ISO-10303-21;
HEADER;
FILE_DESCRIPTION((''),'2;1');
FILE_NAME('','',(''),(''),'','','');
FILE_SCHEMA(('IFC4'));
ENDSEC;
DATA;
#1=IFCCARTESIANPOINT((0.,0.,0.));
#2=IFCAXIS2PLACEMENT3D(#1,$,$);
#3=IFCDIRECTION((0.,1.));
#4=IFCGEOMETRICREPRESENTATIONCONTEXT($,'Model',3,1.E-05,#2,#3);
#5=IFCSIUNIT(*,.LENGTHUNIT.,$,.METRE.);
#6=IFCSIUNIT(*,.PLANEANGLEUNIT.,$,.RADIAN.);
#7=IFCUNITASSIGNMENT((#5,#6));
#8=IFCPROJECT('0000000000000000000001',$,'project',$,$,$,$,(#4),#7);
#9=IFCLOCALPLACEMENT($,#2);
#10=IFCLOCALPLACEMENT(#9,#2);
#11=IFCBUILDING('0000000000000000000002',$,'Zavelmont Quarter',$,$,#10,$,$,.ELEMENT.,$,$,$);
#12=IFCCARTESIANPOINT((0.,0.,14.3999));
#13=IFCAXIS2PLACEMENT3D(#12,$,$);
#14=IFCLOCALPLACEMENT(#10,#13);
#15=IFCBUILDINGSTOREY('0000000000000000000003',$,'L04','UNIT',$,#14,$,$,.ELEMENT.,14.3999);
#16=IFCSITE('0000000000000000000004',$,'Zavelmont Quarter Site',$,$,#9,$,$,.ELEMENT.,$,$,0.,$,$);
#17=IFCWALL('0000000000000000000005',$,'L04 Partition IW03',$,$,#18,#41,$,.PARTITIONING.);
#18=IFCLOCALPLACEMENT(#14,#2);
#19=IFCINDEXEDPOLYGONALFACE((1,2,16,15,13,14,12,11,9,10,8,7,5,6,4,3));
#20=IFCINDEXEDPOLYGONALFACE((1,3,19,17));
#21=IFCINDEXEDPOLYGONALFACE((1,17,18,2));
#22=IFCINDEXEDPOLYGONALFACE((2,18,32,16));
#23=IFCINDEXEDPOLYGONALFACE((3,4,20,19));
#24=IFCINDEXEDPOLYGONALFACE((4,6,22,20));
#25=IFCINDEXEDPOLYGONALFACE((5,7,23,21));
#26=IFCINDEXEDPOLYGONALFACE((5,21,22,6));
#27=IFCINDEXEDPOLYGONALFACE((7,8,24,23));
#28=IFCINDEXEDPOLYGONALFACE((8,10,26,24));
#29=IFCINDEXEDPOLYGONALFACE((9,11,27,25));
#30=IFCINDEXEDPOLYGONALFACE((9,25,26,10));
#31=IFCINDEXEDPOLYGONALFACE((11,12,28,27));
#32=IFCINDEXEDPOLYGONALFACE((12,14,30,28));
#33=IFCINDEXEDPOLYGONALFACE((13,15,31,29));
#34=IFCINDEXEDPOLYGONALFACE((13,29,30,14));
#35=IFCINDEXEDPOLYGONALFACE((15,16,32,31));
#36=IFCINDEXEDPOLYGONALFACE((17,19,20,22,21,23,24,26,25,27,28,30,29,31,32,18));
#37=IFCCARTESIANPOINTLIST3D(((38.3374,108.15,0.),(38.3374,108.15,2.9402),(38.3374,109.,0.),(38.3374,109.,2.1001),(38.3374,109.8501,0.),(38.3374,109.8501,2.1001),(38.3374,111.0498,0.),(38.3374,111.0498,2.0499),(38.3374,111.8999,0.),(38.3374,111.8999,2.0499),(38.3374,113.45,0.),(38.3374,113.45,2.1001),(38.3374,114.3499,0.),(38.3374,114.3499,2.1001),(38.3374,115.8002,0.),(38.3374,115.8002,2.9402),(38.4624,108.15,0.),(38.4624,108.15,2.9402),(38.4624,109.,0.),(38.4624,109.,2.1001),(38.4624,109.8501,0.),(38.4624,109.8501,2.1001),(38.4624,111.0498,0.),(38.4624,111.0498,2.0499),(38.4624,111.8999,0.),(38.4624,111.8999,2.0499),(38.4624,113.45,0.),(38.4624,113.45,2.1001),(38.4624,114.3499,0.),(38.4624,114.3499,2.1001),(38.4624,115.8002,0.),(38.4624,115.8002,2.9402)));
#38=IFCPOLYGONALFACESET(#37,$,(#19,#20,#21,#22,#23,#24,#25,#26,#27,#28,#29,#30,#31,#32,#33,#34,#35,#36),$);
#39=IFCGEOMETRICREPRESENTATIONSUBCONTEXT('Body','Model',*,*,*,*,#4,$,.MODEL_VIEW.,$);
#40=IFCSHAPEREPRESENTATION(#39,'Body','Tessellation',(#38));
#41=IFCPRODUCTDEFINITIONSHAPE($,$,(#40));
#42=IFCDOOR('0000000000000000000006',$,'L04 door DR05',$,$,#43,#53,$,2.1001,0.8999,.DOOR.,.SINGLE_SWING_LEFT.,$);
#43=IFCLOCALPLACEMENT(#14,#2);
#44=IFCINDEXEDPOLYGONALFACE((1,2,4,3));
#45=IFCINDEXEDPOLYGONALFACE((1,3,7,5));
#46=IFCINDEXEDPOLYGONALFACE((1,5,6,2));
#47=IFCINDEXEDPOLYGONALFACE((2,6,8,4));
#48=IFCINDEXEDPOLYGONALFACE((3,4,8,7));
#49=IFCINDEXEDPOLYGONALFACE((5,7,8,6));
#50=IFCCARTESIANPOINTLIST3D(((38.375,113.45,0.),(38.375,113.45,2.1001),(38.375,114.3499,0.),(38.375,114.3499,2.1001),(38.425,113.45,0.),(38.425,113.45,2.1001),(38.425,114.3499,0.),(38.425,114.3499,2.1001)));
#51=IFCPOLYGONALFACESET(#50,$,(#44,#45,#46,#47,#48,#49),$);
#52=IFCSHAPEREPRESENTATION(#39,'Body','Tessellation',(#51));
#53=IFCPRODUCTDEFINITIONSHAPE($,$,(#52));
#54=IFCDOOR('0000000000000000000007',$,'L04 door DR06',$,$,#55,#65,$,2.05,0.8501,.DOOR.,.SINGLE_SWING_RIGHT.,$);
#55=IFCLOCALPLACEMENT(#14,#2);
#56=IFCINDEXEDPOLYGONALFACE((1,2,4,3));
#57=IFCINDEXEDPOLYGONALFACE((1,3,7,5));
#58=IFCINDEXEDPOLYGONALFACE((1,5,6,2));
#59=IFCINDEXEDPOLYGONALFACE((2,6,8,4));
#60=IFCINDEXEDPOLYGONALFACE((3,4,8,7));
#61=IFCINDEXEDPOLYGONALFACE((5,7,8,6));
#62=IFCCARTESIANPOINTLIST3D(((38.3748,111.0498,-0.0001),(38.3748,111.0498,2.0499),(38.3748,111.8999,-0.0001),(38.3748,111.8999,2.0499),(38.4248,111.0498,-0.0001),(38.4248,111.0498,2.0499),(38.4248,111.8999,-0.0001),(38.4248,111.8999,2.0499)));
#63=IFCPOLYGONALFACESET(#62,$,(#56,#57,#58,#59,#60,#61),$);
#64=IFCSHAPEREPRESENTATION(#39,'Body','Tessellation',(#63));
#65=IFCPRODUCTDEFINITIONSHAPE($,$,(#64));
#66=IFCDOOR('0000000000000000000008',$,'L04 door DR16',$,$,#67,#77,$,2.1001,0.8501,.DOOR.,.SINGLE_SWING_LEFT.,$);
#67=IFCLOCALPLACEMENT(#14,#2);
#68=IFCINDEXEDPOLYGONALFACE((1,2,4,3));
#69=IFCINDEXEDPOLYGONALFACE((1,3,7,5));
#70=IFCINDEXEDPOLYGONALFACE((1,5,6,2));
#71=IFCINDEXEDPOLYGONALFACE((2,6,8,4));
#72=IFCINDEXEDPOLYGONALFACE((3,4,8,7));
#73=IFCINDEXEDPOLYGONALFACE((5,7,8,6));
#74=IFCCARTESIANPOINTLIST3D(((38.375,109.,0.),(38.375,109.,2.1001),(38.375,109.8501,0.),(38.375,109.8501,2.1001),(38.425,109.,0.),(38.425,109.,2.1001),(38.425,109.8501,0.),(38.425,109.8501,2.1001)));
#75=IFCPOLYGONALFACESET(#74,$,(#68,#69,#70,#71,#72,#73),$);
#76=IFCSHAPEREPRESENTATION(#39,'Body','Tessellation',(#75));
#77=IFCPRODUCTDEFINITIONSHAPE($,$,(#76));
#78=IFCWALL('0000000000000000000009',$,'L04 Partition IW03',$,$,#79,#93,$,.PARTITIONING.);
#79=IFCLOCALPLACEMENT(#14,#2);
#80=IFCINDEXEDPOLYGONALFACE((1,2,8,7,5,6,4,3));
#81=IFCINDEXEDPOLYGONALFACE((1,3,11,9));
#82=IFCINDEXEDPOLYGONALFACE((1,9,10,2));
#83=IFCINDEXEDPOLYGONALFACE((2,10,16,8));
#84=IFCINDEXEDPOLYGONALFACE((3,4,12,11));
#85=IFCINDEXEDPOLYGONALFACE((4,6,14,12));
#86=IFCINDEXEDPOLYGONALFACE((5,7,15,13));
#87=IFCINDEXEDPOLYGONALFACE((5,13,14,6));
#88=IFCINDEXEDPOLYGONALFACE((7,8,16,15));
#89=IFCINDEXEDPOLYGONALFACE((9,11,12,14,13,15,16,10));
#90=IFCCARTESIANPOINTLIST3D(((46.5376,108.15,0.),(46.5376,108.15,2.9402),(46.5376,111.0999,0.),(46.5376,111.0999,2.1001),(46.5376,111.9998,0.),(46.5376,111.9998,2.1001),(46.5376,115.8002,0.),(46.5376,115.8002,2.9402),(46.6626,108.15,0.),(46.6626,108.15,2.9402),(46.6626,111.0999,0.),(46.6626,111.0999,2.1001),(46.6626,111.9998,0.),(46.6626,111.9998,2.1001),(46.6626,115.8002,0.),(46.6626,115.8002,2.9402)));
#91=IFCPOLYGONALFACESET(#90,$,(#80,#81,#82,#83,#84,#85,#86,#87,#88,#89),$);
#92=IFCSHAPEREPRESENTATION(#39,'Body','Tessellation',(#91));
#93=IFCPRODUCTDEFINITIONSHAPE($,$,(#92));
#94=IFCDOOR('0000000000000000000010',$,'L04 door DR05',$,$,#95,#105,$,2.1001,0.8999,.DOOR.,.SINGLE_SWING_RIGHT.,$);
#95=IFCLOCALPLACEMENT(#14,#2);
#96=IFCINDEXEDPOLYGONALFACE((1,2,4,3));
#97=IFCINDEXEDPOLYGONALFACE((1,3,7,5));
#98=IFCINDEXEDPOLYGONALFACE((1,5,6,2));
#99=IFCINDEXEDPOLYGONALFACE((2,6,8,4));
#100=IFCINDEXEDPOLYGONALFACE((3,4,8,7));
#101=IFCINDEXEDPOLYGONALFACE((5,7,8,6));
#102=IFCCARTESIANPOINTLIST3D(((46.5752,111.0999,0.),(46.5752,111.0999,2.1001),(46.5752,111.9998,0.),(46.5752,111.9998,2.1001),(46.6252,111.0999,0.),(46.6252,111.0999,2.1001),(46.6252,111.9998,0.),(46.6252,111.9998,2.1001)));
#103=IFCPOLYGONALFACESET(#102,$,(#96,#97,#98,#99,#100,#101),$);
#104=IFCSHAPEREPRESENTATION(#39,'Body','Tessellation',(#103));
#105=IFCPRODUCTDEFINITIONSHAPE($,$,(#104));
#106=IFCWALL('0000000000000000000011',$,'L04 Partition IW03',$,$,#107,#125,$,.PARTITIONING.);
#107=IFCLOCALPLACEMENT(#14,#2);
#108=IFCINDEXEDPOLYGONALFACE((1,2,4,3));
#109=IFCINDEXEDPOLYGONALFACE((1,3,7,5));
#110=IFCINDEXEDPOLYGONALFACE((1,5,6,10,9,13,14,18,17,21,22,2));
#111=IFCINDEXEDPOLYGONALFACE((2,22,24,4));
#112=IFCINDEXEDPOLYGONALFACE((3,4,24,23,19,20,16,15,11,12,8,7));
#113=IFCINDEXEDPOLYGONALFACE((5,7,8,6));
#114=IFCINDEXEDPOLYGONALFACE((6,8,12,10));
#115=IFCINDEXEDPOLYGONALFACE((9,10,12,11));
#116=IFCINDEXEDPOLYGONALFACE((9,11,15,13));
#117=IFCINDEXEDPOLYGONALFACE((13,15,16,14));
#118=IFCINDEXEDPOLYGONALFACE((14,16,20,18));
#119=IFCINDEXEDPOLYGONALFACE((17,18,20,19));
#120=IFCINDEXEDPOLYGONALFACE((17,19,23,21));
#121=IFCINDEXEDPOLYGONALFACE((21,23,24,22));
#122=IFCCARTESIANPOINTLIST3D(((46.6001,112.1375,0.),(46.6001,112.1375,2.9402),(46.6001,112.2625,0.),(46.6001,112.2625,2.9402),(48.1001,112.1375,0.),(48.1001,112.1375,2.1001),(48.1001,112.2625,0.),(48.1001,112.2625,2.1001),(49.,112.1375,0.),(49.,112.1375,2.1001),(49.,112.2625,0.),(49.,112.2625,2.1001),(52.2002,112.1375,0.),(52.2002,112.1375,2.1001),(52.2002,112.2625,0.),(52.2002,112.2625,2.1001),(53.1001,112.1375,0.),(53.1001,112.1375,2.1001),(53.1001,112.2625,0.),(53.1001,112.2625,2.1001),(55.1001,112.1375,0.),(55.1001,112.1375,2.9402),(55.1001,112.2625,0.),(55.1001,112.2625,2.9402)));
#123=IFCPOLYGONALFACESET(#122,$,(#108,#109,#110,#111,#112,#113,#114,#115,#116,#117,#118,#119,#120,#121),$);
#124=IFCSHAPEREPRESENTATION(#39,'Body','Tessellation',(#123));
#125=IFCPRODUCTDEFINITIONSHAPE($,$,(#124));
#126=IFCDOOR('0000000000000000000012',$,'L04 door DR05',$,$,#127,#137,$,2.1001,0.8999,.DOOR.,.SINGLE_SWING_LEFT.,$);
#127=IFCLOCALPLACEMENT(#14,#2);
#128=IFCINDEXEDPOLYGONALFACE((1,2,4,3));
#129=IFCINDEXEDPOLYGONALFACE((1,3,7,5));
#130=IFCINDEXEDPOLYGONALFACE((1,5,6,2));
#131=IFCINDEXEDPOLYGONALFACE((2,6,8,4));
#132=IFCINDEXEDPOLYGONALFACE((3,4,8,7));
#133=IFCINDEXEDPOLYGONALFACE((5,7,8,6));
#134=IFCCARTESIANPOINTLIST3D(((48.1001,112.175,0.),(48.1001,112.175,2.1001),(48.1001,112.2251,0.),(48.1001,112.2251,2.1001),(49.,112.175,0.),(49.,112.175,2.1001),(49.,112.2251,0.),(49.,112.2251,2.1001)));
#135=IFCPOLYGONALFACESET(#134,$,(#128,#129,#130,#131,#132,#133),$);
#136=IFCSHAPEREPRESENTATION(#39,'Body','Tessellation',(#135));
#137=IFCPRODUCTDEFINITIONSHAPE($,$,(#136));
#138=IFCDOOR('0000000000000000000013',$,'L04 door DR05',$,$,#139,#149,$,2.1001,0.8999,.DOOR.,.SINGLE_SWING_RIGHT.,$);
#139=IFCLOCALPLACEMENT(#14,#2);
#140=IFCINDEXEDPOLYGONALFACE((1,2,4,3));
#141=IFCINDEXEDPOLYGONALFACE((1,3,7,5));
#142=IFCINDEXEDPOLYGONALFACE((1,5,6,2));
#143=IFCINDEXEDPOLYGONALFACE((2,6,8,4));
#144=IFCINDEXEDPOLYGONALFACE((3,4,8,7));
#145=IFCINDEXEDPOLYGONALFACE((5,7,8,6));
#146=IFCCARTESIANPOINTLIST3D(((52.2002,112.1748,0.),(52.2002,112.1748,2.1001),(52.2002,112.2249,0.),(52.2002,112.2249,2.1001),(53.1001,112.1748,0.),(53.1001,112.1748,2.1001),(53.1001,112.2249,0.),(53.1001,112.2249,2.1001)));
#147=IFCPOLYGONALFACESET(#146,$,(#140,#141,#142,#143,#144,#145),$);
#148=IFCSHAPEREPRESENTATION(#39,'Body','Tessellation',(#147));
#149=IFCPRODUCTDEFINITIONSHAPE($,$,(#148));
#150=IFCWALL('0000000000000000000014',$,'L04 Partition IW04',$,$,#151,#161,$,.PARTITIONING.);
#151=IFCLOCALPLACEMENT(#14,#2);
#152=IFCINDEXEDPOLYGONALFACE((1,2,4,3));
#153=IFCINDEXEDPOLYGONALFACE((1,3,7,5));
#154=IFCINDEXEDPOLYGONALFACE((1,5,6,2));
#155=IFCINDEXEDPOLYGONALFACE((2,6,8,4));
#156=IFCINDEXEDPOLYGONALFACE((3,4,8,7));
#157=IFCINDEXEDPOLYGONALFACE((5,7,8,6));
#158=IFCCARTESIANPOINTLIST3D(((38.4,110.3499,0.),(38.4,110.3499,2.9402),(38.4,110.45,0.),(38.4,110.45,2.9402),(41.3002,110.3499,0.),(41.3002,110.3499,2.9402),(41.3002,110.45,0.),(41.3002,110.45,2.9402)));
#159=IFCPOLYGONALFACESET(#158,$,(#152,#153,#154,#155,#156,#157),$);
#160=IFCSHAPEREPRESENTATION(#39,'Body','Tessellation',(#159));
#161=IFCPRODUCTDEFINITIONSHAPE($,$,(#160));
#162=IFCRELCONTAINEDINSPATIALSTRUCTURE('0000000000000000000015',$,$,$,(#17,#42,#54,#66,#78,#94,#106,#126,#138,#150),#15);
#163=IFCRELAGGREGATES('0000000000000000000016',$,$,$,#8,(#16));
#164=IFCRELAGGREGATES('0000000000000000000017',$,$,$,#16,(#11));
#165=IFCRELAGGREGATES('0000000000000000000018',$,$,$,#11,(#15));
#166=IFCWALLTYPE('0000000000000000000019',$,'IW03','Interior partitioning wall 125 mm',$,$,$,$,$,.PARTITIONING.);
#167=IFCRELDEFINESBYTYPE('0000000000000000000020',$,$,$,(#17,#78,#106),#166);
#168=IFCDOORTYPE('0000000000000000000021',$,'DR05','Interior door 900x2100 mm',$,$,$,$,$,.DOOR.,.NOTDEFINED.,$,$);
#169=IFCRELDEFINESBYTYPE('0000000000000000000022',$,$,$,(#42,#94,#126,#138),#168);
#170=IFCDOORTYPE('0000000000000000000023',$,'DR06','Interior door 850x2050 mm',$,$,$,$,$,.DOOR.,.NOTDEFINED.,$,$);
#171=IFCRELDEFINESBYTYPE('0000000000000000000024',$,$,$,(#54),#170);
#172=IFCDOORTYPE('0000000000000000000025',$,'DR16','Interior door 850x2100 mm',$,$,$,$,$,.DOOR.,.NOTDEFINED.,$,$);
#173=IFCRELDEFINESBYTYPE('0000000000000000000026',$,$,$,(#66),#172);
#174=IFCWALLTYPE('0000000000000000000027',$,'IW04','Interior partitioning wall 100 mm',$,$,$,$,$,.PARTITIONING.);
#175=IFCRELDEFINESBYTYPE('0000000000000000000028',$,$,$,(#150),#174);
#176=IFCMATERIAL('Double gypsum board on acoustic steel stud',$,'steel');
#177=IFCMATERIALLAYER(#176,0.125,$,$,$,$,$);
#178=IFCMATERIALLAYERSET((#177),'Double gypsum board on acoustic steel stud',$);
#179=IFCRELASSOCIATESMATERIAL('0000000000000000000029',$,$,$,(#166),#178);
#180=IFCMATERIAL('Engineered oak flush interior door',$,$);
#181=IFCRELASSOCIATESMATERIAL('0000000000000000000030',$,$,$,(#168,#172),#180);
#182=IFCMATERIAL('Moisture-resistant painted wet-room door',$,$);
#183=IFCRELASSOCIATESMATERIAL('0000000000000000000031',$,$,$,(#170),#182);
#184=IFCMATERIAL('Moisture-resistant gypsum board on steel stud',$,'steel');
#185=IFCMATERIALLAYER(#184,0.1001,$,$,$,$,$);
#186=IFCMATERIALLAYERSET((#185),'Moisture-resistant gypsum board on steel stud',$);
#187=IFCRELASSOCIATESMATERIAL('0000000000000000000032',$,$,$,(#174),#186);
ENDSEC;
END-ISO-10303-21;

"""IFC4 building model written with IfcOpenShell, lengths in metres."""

from ifc_helpers import new_model, si_unit, direction, frame, frame_2d, origin, origin_with_axes, place, context, subcontext, project, spatial, rectangle, extrude, material, layer, layer_set, type_object, element, fill, save


model = new_model("IFC4")

# Units and contexts
model_context = context("Model", 3, precision=1e-05, world=origin(), true_north=direction((0.0, 1.0)))
body_context = subcontext(model_context, "Body", "Model", "MODEL_VIEW")
ifc_project = project(units=[si_unit("LENGTHUNIT", "METRE"), si_unit("PLANEANGLEUNIT", "RADIAN")], contexts=[model_context])

# Site, building, storey
site_placement = place(None, origin())
site = spatial("IfcSite", under=ifc_project, at=site_placement, Name="Zavelmont Quarter Site", CompositionType="ELEMENT", RefElevation=0.0)
building_placement = place(site_placement, origin())
building = spatial("IfcBuilding", under=site, at=building_placement, Name="Zavelmont Quarter", CompositionType="ELEMENT")
storey_placement = place(building_placement, frame((0.0, 0.0, 14.3999)))
storey = spatial("IfcBuildingStorey", under=building, at=storey_placement, Name="L04", Description="UNIT", CompositionType="ELEMENT", Elevation=14.3999)

# Wall, openings, doors
ifc_material_1 = material(Name="Double gypsum board on acoustic steel stud", Category="steel")
ifc_layer_1 = layer(ifc_material_1, 0.125)
ifc_layer_set_1 = layer_set([ifc_layer_1], Name="Double gypsum board on acoustic steel stud")
wall_type_1 = type_object("IfcWallType", Name="IW03", Description="Interior partitioning wall 125 mm", PredefinedType="PARTITIONING", material=ifc_layer_set_1)
wall_1_placement = place(storey_placement, frame((38.3999, 108.1499, 0.0), z_axis=(0.0, 0.0, 1.0), x_axis=(0.0, 1.0, 0.0)))
wall_1 = element("IfcWall", 1, at=wall_1_placement, inside=storey, type_object=wall_type_1, Name="L04 Partition IW03", PredefinedType="PARTITIONING", context=body_context, shape_type="SweptSolid", body=[
    extrude(rectangle(XDim=7.6501, YDim=0.125, at=frame_2d((3.8252, 0.0))), origin(), (0.0, 0.0, 1.0), 2.9402),
])
opening_1_placement = place(wall_1_placement, frame((0.8501, 0.0, 0.0)))
opening_1 = element("IfcOpeningElement", 2, at=opening_1_placement, cuts=wall_1, PredefinedType="OPENING", context=body_context, shape_type="SweptSolid", body=[
    extrude(rectangle(XDim=0.8501, YDim=2.1001, at=frame_2d((0.425, 1.05))), frame((0.0, 0.0745, 0.0), z_axis=(0.0, -1.0, 0.0), x_axis=(1.0, 0.0, 0.0)), (0.0, 0.0, 1.0), 0.1489),
])
opening_2_placement = place(wall_1_placement, frame((2.8999, 0.0, 0.0)))
opening_2 = element("IfcOpeningElement", 3, at=opening_2_placement, cuts=wall_1, PredefinedType="OPENING", context=body_context, shape_type="SweptSolid", body=[
    extrude(rectangle(XDim=0.8501, YDim=2.05, at=frame_2d((0.425, 1.0249))), frame((0.0, 0.0745, 0.0), z_axis=(0.0, -1.0, 0.0), x_axis=(1.0, 0.0, 0.0)), (0.0, 0.0, 1.0), 0.1489),
])
opening_3_placement = place(wall_1_placement, frame((5.3, 0.0, 0.0)))
opening_3 = element("IfcOpeningElement", 4, at=opening_3_placement, cuts=wall_1, PredefinedType="OPENING", context=body_context, shape_type="SweptSolid", body=[
    extrude(rectangle(XDim=0.8999, YDim=2.1001, at=frame_2d((0.45, 1.05))), frame((0.0, 0.0745, 0.0), z_axis=(0.0, -1.0, 0.0), x_axis=(1.0, 0.0, 0.0)), (0.0, 0.0, 1.0), 0.1489),
])
ifc_material_2 = material(Name="Engineered oak flush interior door")
door_type_1 = type_object("IfcDoorType", Name="DR05", Description="Interior door 900x2100 mm", OperationType="NOTDEFINED", PredefinedType="DOOR", material=ifc_material_2)
door_1_placement = place(opening_3_placement, origin_with_axes())
door_1 = element("IfcDoor", 5, at=door_1_placement, inside=storey, type_object=door_type_1, Name="L04 door DR05", OperationType="SINGLE_SWING_LEFT", OverallHeight=2.1001, OverallWidth=0.8999, PredefinedType="DOOR", context=body_context, shape_type="SweptSolid", body=[
    extrude(rectangle(XDim=0.8999, YDim=2.1001, at=frame_2d((0.45, 1.05))), frame((0.0, 0.0249, 0.0), z_axis=(0.0, -1.0, 0.0), x_axis=(1.0, 0.0, 0.0)), (0.0, 0.0, 1.0), 0.05),
])
fill(opening_3, door_1)
ifc_material_3 = material(Name="Moisture-resistant painted wet-room door")
door_type_2 = type_object("IfcDoorType", Name="DR06", Description="Interior door 850x2050 mm", OperationType="NOTDEFINED", PredefinedType="DOOR", material=ifc_material_3)
door_2_placement = place(opening_2_placement, frame((0.8501, 0.0, 0.0), z_axis=(0.0, 0.0, 1.0), x_axis=(-1.0, 0.0, 0.0)))
door_2 = element("IfcDoor", 6, at=door_2_placement, inside=storey, type_object=door_type_2, Name="L04 door DR06", OperationType="SINGLE_SWING_RIGHT", OverallHeight=2.05, OverallWidth=0.8501, PredefinedType="DOOR", context=body_context, shape_type="SweptSolid", body=[
    extrude(rectangle(XDim=0.8501, YDim=2.05, at=frame_2d((0.425, 1.0249))), frame((0.0, 0.0249, 0.0), z_axis=(0.0, -1.0, 0.0), x_axis=(1.0, 0.0, 0.0)), (0.0, 0.0, 1.0), 0.05),
])
fill(opening_2, door_2)
door_type_3 = type_object("IfcDoorType", Name="DR16", Description="Interior door 850x2100 mm", OperationType="NOTDEFINED", PredefinedType="DOOR", material=ifc_material_2)
door_3_placement = place(opening_1_placement, origin_with_axes())
door_3 = element("IfcDoor", 7, at=door_3_placement, inside=storey, type_object=door_type_3, Name="L04 door DR16", OperationType="SINGLE_SWING_LEFT", OverallHeight=2.1001, OverallWidth=0.8501, PredefinedType="DOOR", context=body_context, shape_type="SweptSolid", body=[
    extrude(rectangle(XDim=0.8501, YDim=2.1001, at=frame_2d((0.425, 1.05))), frame((0.0, 0.0249, 0.0), z_axis=(0.0, -1.0, 0.0), x_axis=(1.0, 0.0, 0.0)), (0.0, 0.0, 1.0), 0.05),
])
fill(opening_1, door_3)

# Wall, opening, door
wall_2_placement = place(storey_placement, frame((46.6001, 108.1499, 0.0), z_axis=(0.0, 0.0, 1.0), x_axis=(0.0, 1.0, 0.0)))
wall_2 = element("IfcWall", 8, at=wall_2_placement, inside=storey, type_object=wall_type_1, Name="L04 Partition IW03", PredefinedType="PARTITIONING", context=body_context, shape_type="SweptSolid", body=[
    extrude(rectangle(XDim=7.6501, YDim=0.125, at=frame_2d((3.8252, 0.0))), origin(), (0.0, 0.0, 1.0), 2.9402),
])
opening_4_placement = place(wall_2_placement, frame((2.95, 0.0, 0.0)))
opening_4 = element("IfcOpeningElement", 9, at=opening_4_placement, cuts=wall_2, PredefinedType="OPENING", context=body_context, shape_type="SweptSolid", body=[
    extrude(rectangle(XDim=0.8999, YDim=2.1001, at=frame_2d((0.45, 1.05))), frame((0.0, 0.0745, 0.0), z_axis=(0.0, -1.0, 0.0), x_axis=(1.0, 0.0, 0.0)), (0.0, 0.0, 1.0), 0.1489),
])
door_4_placement = place(opening_4_placement, origin_with_axes())
door_4 = element("IfcDoor", 10, at=door_4_placement, inside=storey, type_object=door_type_1, Name="L04 door DR05", OperationType="SINGLE_SWING_RIGHT", OverallHeight=2.1001, OverallWidth=0.8999, PredefinedType="DOOR", context=body_context, shape_type="SweptSolid", body=[
    extrude(rectangle(XDim=0.8999, YDim=2.1001, at=frame_2d((0.45, 1.05))), frame((0.0, 0.0249, 0.0), z_axis=(0.0, -1.0, 0.0), x_axis=(1.0, 0.0, 0.0)), (0.0, 0.0, 1.0), 0.05),
])
fill(opening_4, door_4)

# Wall, openings, doors
wall_3_placement = place(storey_placement, frame((46.6001, 112.2, 0.0), z_axis=(0.0, 0.0, 1.0), x_axis=(1.0, 0.0, 0.0)))
wall_3 = element("IfcWall", 11, at=wall_3_placement, inside=storey, type_object=wall_type_1, Name="L04 Partition IW03", PredefinedType="PARTITIONING", context=body_context, shape_type="SweptSolid", body=[
    extrude(rectangle(XDim=8.5, YDim=0.125, at=frame_2d((4.25, 0.0))), origin(), (0.0, 0.0, 1.0), 2.9402),
])
opening_5_placement = place(wall_3_placement, frame((1.5, 0.0, 0.0)))
opening_5 = element("IfcOpeningElement", 12, at=opening_5_placement, cuts=wall_3, PredefinedType="OPENING", context=body_context, shape_type="SweptSolid", body=[
    extrude(rectangle(XDim=0.8999, YDim=2.1001, at=frame_2d((0.45, 1.05))), frame((0.0, 0.0745, 0.0), z_axis=(0.0, -1.0, 0.0), x_axis=(1.0, 0.0, 0.0)), (0.0, 0.0, 1.0), 0.1489),
])
opening_6_placement = place(wall_3_placement, frame((5.6001, 0.0, 0.0)))
opening_6 = element("IfcOpeningElement", 13, at=opening_6_placement, cuts=wall_3, PredefinedType="OPENING", context=body_context, shape_type="SweptSolid", body=[
    extrude(rectangle(XDim=0.8999, YDim=2.1001, at=frame_2d((0.45, 1.05))), frame((0.0, 0.0745, 0.0), z_axis=(0.0, -1.0, 0.0), x_axis=(1.0, 0.0, 0.0)), (0.0, 0.0, 1.0), 0.1489),
])
door_5_placement = place(opening_5_placement, frame((0.8999, 0.0, 0.0), z_axis=(0.0, 0.0, 1.0), x_axis=(-1.0, 0.0, 0.0)))
door_5 = element("IfcDoor", 14, at=door_5_placement, inside=storey, type_object=door_type_1, Name="L04 door DR05", OperationType="SINGLE_SWING_LEFT", OverallHeight=2.1001, OverallWidth=0.8999, PredefinedType="DOOR", context=body_context, shape_type="SweptSolid", body=[
    extrude(rectangle(XDim=0.8999, YDim=2.1001, at=frame_2d((0.45, 1.05))), frame((0.0, 0.0249, 0.0), z_axis=(0.0, -1.0, 0.0), x_axis=(1.0, 0.0, 0.0)), (0.0, 0.0, 1.0), 0.05),
])
fill(opening_5, door_5)
door_6_placement = place(opening_6_placement, origin_with_axes())
door_6 = element("IfcDoor", 15, at=door_6_placement, inside=storey, type_object=door_type_1, Name="L04 door DR05", OperationType="SINGLE_SWING_RIGHT", OverallHeight=2.1001, OverallWidth=0.8999, PredefinedType="DOOR", context=body_context, shape_type="SweptSolid", body=[
    extrude(rectangle(XDim=0.8999, YDim=2.1001, at=frame_2d((0.45, 1.05))), frame((0.0, 0.0249, 0.0), z_axis=(0.0, -1.0, 0.0), x_axis=(1.0, 0.0, 0.0)), (0.0, 0.0, 1.0), 0.05),
])
fill(opening_6, door_6)

# Wall
ifc_material_4 = material(Name="Moisture-resistant gypsum board on steel stud", Category="steel")
ifc_layer_2 = layer(ifc_material_4, 0.1001)
ifc_layer_set_2 = layer_set([ifc_layer_2], Name="Moisture-resistant gypsum board on steel stud")
wall_type_2 = type_object("IfcWallType", Name="IW04", Description="Interior partitioning wall 100 mm", PredefinedType="PARTITIONING", material=ifc_layer_set_2)
for number, where, z_axis, x_axis, name in (
    (16, (38.3999, 110.3999, 0.0), (0.0, 0.0, 1.0), (1.0, 0.0, 0.0), "L04 Partition IW04"),
):
    element("IfcWall", number, at=place(storey_placement, frame(where, z_axis=z_axis, x_axis=x_axis)), inside=storey, type_object=wall_type_2, Name=name, PredefinedType="PARTITIONING", context=body_context, shape_type="SweptSolid", body=[
        extrude(rectangle(XDim=2.9001, YDim=0.1001, at=frame_2d((1.4502, 0.0))), origin(), (0.0, 0.0, 1.0), 2.9402),
    ])

save(model, "model.ifc")
